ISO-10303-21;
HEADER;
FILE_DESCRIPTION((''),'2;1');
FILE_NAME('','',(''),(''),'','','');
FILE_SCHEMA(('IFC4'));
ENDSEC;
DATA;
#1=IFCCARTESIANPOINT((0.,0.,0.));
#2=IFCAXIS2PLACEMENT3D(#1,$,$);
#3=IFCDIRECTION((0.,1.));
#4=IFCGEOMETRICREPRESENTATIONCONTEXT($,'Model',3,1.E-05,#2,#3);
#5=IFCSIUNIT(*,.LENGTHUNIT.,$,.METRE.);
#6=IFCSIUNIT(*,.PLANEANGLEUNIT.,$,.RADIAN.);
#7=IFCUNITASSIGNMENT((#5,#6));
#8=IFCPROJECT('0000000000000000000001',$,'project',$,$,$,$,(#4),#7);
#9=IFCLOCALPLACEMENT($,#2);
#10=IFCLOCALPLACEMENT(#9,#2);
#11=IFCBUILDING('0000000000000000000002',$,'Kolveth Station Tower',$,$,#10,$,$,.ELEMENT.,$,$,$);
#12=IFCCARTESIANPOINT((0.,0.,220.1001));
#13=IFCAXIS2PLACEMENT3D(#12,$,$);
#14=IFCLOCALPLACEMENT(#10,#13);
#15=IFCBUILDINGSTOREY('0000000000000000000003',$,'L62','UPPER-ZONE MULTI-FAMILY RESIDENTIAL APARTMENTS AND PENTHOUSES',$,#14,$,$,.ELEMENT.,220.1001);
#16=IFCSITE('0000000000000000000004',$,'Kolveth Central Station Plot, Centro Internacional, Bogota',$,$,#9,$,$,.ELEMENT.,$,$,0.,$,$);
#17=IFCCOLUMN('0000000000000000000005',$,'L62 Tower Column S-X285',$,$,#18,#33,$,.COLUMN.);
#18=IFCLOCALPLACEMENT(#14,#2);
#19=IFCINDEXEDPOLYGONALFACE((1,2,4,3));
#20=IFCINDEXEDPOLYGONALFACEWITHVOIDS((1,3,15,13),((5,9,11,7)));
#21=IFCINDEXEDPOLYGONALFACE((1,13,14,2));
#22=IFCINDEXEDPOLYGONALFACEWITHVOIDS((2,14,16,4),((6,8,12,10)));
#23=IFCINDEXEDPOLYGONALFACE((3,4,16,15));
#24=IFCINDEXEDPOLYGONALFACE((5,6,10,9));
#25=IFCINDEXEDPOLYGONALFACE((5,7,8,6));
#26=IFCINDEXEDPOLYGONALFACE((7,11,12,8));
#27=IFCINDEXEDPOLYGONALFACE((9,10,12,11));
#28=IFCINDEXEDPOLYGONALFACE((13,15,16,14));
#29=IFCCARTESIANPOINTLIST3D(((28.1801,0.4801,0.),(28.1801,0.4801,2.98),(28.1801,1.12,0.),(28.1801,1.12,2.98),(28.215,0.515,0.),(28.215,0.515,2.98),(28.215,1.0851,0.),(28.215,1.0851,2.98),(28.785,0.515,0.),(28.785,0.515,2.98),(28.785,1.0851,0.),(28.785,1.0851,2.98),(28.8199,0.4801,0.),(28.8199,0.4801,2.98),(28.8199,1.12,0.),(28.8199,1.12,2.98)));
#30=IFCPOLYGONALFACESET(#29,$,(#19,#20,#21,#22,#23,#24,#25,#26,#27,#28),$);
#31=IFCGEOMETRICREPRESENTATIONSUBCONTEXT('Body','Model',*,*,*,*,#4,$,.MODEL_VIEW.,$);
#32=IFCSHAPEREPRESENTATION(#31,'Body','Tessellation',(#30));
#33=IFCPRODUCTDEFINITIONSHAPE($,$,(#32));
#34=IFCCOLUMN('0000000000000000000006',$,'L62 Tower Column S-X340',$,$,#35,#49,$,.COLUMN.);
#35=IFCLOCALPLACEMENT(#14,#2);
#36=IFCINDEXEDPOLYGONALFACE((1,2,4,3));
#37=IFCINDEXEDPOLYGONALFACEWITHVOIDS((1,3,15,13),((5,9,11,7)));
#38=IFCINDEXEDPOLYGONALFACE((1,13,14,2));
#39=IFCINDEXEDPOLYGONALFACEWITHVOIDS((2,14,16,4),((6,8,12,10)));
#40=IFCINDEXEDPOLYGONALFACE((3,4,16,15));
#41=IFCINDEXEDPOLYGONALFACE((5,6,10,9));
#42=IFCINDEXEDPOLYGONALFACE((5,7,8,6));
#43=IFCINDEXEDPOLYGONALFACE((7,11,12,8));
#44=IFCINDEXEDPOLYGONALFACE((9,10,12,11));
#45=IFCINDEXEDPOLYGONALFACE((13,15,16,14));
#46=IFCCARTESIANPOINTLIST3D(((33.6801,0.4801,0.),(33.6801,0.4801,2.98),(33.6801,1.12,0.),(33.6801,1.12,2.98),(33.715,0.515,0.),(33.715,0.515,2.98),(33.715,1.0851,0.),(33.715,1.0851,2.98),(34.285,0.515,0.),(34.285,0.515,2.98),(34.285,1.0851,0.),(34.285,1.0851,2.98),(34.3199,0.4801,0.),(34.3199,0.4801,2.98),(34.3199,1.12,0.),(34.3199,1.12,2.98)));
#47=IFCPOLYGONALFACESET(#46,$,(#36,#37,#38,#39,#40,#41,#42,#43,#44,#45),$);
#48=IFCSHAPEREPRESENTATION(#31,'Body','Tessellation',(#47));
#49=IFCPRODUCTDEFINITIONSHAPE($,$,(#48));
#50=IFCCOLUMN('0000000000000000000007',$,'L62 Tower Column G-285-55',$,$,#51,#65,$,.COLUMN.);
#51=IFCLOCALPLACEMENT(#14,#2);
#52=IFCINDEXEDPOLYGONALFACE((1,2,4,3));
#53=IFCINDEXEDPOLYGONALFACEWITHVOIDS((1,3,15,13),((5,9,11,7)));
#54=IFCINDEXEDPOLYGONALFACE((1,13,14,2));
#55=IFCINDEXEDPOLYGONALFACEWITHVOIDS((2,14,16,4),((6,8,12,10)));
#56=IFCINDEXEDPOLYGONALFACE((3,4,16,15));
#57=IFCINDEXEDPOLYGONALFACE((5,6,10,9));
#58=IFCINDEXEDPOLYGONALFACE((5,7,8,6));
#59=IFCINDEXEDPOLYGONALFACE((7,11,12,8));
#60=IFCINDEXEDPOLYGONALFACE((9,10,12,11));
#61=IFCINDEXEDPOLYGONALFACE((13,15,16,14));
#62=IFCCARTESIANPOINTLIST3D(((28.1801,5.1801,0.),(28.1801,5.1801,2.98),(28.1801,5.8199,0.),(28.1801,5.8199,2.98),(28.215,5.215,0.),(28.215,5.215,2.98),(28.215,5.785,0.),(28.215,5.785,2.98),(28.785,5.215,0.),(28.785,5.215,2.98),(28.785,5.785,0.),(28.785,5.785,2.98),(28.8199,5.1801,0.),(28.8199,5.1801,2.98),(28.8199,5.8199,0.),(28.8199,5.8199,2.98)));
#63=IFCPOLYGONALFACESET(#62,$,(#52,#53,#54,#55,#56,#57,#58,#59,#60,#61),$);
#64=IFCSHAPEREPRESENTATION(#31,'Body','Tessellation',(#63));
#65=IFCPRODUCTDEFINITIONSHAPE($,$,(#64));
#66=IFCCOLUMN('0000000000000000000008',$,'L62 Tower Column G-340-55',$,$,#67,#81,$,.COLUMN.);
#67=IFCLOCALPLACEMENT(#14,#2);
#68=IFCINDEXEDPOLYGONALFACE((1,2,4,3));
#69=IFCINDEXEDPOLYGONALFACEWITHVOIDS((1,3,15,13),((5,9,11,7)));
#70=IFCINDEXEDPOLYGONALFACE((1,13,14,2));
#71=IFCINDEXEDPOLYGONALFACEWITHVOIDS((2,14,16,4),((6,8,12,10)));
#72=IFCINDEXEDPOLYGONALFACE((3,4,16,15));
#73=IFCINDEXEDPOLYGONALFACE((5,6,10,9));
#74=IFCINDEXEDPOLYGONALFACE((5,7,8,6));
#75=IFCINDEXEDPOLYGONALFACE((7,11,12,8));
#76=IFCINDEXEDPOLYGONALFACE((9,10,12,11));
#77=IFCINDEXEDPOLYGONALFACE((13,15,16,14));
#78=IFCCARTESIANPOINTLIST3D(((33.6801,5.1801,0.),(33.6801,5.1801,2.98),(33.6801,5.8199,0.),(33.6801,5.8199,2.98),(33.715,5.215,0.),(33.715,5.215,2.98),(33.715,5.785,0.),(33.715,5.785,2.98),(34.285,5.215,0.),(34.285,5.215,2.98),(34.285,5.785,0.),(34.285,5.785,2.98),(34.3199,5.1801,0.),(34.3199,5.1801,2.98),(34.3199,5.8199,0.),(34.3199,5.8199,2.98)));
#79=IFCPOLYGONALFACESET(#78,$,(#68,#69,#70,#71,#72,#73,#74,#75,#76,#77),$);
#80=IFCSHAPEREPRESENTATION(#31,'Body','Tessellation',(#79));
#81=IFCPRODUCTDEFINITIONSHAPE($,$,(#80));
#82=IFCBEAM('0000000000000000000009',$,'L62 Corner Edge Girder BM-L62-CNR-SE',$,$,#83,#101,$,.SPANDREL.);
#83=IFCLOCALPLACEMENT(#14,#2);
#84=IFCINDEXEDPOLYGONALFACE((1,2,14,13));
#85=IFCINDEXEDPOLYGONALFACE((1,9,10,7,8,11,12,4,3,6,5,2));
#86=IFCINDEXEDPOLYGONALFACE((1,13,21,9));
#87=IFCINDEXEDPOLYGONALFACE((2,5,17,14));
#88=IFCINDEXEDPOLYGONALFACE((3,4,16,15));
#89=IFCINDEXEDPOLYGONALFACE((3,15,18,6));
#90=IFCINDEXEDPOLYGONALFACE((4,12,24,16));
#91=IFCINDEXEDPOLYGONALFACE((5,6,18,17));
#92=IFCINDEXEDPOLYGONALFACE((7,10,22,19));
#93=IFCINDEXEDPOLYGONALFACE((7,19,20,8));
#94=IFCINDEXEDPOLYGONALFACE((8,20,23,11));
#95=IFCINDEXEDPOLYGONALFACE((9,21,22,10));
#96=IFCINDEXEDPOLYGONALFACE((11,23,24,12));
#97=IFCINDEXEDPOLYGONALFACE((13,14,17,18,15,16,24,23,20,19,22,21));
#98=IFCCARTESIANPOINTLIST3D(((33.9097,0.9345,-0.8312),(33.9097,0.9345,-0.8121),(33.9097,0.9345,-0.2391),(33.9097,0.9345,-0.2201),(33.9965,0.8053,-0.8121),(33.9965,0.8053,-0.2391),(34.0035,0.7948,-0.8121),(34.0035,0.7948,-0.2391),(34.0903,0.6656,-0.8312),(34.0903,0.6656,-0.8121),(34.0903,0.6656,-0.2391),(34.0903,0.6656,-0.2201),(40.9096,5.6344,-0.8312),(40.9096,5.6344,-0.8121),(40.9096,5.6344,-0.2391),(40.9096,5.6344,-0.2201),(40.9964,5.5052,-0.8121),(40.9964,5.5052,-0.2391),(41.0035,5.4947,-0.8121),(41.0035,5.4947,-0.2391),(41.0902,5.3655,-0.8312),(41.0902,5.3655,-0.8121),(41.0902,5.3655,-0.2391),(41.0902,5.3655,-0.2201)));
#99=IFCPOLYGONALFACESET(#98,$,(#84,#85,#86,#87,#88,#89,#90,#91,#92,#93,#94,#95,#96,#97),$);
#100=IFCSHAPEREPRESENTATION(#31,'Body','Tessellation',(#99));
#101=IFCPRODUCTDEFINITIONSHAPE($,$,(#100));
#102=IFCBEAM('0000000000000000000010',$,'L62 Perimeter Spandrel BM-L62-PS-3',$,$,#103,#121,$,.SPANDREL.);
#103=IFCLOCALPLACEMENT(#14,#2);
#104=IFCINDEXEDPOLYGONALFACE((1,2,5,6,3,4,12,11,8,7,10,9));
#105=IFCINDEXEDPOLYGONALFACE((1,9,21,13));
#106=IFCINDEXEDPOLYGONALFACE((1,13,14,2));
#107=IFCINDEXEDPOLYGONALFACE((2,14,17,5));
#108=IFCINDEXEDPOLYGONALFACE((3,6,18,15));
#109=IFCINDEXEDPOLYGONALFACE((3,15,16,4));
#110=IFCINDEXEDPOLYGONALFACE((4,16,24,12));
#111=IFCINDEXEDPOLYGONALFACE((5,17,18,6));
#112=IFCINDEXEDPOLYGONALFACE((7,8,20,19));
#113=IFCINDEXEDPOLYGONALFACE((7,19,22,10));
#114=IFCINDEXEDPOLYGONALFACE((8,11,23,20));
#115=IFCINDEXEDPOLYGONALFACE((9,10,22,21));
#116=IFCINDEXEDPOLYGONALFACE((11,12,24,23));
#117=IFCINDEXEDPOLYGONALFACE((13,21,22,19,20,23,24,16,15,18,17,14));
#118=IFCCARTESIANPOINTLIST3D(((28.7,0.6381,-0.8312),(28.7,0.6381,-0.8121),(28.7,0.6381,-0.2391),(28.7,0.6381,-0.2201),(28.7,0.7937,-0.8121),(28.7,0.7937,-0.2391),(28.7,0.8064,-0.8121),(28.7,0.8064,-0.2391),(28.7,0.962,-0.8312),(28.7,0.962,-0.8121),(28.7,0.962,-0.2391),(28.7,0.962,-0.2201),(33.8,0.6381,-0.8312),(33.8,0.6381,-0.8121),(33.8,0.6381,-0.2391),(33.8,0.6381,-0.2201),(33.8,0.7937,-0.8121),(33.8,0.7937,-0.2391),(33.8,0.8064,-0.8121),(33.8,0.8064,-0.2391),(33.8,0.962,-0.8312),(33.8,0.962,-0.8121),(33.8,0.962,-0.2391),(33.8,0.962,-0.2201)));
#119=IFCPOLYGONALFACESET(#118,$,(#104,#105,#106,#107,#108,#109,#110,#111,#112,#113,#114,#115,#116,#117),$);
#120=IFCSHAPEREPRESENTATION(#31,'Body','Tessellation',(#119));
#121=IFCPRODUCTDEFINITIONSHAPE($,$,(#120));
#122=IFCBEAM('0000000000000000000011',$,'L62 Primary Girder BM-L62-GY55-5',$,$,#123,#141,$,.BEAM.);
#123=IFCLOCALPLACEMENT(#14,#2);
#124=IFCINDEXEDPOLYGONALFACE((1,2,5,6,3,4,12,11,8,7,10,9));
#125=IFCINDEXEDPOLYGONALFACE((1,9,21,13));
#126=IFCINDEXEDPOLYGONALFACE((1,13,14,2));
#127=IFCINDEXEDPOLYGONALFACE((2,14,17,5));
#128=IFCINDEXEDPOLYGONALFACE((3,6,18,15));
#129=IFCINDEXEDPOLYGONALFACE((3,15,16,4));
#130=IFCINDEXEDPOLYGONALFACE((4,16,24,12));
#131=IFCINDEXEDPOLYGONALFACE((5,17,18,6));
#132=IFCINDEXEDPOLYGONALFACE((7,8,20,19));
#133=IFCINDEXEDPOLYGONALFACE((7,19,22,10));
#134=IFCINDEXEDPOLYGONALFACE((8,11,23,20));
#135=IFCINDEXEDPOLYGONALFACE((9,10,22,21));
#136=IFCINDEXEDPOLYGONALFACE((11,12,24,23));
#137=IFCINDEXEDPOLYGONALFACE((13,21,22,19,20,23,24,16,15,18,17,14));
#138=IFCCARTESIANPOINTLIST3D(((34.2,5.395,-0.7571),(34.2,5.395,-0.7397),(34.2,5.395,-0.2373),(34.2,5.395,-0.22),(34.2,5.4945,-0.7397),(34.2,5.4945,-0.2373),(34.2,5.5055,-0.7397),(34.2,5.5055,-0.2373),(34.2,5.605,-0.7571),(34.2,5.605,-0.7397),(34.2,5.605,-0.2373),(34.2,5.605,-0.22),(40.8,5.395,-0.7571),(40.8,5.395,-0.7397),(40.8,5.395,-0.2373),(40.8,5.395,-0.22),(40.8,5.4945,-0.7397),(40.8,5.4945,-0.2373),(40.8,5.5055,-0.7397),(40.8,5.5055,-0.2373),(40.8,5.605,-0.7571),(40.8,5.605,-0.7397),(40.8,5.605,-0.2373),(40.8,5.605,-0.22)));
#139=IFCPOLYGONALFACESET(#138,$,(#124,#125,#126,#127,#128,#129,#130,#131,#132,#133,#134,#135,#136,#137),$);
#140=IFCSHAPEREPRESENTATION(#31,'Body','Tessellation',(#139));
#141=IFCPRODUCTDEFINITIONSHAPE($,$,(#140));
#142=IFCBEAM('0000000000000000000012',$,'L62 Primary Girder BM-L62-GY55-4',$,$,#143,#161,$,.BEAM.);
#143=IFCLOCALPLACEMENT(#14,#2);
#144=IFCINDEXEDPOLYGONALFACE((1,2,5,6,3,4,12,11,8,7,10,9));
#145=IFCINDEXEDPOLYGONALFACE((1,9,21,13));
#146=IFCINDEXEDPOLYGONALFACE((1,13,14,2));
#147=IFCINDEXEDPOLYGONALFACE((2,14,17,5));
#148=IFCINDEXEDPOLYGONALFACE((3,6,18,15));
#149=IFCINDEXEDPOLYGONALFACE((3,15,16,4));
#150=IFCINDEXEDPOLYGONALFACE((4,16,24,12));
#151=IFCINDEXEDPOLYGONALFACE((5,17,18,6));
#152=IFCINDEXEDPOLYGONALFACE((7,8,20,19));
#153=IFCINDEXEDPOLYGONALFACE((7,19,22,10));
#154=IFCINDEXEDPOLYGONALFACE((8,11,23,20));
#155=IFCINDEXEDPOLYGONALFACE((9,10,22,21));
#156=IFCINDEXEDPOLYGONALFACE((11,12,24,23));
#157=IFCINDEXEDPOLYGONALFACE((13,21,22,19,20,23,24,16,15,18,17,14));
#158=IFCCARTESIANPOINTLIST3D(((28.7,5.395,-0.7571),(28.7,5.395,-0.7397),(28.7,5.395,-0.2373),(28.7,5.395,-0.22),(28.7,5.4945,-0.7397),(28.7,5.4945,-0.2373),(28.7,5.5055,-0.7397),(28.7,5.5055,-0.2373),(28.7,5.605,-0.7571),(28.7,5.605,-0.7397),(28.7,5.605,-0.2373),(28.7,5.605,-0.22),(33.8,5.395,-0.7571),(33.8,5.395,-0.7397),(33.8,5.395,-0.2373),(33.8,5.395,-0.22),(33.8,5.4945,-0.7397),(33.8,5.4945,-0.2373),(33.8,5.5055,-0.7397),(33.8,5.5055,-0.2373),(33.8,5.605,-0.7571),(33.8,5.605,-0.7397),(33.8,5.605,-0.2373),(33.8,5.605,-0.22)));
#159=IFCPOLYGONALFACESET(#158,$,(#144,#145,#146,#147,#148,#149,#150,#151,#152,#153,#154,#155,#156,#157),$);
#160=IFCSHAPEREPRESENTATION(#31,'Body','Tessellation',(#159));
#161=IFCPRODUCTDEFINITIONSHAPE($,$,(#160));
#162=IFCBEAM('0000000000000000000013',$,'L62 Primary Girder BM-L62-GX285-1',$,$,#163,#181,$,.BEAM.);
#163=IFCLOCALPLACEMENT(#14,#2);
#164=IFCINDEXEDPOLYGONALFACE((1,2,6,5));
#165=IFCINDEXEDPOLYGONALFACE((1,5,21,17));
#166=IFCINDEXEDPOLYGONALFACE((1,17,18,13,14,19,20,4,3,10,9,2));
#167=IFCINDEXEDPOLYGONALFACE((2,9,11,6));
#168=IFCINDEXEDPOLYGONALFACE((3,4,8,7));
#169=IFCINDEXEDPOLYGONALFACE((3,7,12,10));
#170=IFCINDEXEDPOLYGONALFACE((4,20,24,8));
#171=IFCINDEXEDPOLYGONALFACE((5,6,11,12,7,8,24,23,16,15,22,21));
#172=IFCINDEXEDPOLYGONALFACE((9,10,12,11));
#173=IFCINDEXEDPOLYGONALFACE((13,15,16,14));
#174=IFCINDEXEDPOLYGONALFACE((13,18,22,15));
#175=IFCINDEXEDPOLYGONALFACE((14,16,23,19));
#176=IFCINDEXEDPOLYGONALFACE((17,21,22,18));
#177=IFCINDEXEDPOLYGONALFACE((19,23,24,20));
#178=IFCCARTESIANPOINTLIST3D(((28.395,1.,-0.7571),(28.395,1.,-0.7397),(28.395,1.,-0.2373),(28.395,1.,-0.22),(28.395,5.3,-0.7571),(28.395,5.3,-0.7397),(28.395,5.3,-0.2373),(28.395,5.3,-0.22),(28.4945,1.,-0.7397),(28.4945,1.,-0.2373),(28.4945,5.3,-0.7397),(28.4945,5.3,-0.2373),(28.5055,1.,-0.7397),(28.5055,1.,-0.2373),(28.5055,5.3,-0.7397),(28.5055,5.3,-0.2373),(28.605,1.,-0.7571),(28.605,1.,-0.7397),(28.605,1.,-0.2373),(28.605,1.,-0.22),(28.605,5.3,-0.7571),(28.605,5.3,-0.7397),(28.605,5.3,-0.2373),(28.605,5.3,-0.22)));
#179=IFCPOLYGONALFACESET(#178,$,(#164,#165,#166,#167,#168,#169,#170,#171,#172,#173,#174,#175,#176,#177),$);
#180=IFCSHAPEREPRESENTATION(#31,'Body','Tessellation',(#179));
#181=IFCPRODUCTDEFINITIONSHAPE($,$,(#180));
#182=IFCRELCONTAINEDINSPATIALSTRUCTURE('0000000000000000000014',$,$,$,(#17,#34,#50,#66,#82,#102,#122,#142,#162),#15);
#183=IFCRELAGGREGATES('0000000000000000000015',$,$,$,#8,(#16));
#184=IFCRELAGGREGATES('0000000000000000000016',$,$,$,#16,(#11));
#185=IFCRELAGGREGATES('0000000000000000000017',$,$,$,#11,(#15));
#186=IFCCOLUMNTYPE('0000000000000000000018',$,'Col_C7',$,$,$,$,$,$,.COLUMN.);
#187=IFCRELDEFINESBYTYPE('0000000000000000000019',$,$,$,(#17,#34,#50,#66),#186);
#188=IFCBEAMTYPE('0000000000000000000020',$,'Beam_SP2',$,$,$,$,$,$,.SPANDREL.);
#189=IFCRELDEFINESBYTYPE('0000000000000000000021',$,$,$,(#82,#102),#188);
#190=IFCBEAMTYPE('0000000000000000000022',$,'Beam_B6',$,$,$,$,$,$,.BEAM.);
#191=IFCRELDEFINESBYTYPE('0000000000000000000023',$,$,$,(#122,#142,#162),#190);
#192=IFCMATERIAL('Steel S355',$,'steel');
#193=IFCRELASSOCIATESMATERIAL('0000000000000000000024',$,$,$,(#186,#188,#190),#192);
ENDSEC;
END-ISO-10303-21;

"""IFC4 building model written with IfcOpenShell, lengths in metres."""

from ifc_helpers import new_model, si_unit, direction, frame, origin, origin_2d, place, context, subcontext, project, spatial, hollow_rectangle, i_section, extrude, source, transform, mapped, material, material_profile, profile_set, type_object, element, save


model = new_model("IFC4")

# Units and contexts
model_context = context("Model", 3, precision=1e-05, world=origin(), true_north=direction((0.0, 1.0)))
body_context = subcontext(model_context, "Body", "Model", "MODEL_VIEW")
ifc_project = project(units=[si_unit("LENGTHUNIT", "METRE"), si_unit("PLANEANGLEUNIT", "RADIAN")], contexts=[model_context])

# Site, building, storey
site_placement = place(None, origin())
site = spatial("IfcSite", under=ifc_project, at=site_placement, Name="Kolveth Central Station Plot, Centro Internacional, Bogota", CompositionType="ELEMENT", RefElevation=0.0)
building_placement = place(site_placement, origin())
building = spatial("IfcBuilding", under=site, at=building_placement, Name="Kolveth Station Tower", CompositionType="ELEMENT")
storey_placement = place(building_placement, frame((0.0, 0.0, 220.1001)))
storey = spatial("IfcBuildingStorey", under=building, at=storey_placement, Name="L62", Description="UPPER-ZONE MULTI-FAMILY RESIDENTIAL APARTMENTS AND PENTHOUSES", CompositionType="ELEMENT", Elevation=220.1001)

# Columns
ifc_material_1 = material(Name="Steel S355", Category="steel")
ifc_material_profile_1 = material_profile(ifc_material_1, hollow_rectangle(XDim=0.6399, YDim=0.6399, WallThickness=0.0349, at=origin_2d()), Name="BOX640x640x35")
ifc_profile_set_1 = profile_set([ifc_material_profile_1], Name="Steel S355")
column_type = type_object("IfcColumnType", Name="Col_C7", PredefinedType="COLUMN", material=ifc_profile_set_1)
shared_shape_1 = source(origin(), body_context, "Body", "SweptSolid", [
    extrude(hollow_rectangle(XDim=0.6399, YDim=0.6399, WallThickness=0.0349, at=origin_2d()), origin(), (0.0, 0.0, 1.0), 2.98),
])
for number, where, z_axis, x_axis, name in (
    (1, (28.5, 0.8, 0.0), (0.0, 0.0, 1.0), (1.0, 0.0, 0.0), "L62 Tower Column S-X285"),
    (2, (34.0, 0.8, 0.0), (0.0, 0.0, 1.0), (1.0, 0.0, 0.0), "L62 Tower Column S-X340"),
    (3, (28.5, 5.5, 0.0), (0.0, 0.0, 1.0), (1.0, 0.0, 0.0), "L62 Tower Column G-285-55"),
    (4, (34.0, 5.5, 0.0), (0.0, 0.0, 1.0), (1.0, 0.0, 0.0), "L62 Tower Column G-340-55"),
):
    element("IfcColumn", number, at=place(storey_placement, frame(where, z_axis=z_axis, x_axis=x_axis)), inside=storey, type_object=column_type, Name=name, PredefinedType="COLUMN", context=body_context, shape_type="MappedRepresentation", body=[
        mapped(shared_shape_1, transform((0.0, 0.0, 0.0), x_axis=(1.0, 0.0, 0.0), y_axis=(0.0, 1.0, 0.0), z_axis=(0.0, 0.0, 1.0), scale=1.0)),
    ])

# Beams
ifc_material_profile_2 = material_profile(ifc_material_1, i_section(OverallWidth=0.324, OverallDepth=0.6111, WebThickness=0.0127, FlangeThickness=0.019, at=origin_2d()), Name="W610x155")
ifc_profile_set_2 = profile_set([ifc_material_profile_2], Name="Steel S355")
beam_type_1 = type_object("IfcBeamType", Name="Beam_SP2", PredefinedType="SPANDREL", material=ifc_profile_set_2)
shared_shape_2 = source(origin(), body_context, "Body", "SweptSolid", [
    extrude(i_section(OverallWidth=0.324, OverallDepth=0.6111, WebThickness=0.0127, FlangeThickness=0.019, at=origin_2d()), origin(), (0.0, 0.0, 1.0), 8.4314),
])
beam_1_placement = place(storey_placement, frame((34.0, 0.8, -0.5256), z_axis=(0.830224, 0.55743, 0.0), x_axis=(-0.55743, 0.830224, 0.0)))
element("IfcBeam", 5, at=beam_1_placement, inside=storey, type_object=beam_type_1, Name="L62 Corner Edge Girder BM-L62-CNR-SE", PredefinedType="SPANDREL", context=body_context, shape_type="MappedRepresentation", body=[
    mapped(shared_shape_2, transform((0.0, 0.0, 0.0), x_axis=(1.0, 0.0, 0.0), y_axis=(0.0, 1.0, 0.0), z_axis=(0.0, 0.0, 1.0), scale=1.0)),
])
shared_shape_3 = source(origin(), body_context, "Body", "SweptSolid", [
    extrude(i_section(OverallWidth=0.324, OverallDepth=0.6111, WebThickness=0.0127, FlangeThickness=0.019, at=origin_2d()), origin(), (0.0, 0.0, 1.0), 5.1001),
])
beam_2_placement = place(storey_placement, frame((28.7, 0.8, -0.5256), z_axis=(1.0, 0.0, 0.0), x_axis=(0.0, 1.0, 0.0)))
element("IfcBeam", 6, at=beam_2_placement, inside=storey, type_object=beam_type_1, Name="L62 Perimeter Spandrel BM-L62-PS-3", PredefinedType="SPANDREL", context=body_context, shape_type="MappedRepresentation", body=[
    mapped(shared_shape_3, transform((0.0, 0.0, 0.0), x_axis=(1.0, 0.0, 0.0), y_axis=(0.0, 1.0, 0.0), z_axis=(0.0, 0.0, 1.0), scale=1.0)),
])
ifc_material_profile_3 = material_profile(ifc_material_1, i_section(OverallWidth=0.21, OverallDepth=0.5371, WebThickness=0.011, FlangeThickness=0.0173, at=origin_2d()), Name="W530x101")
ifc_profile_set_3 = profile_set([ifc_material_profile_3], Name="Steel S355")
beam_type_2 = type_object("IfcBeamType", Name="Beam_B6", PredefinedType="BEAM", material=ifc_profile_set_3)
shared_shape_4 = source(origin(), body_context, "Body", "SweptSolid", [
    extrude(i_section(OverallWidth=0.21, OverallDepth=0.5371, WebThickness=0.011, FlangeThickness=0.0173, at=origin_2d()), origin(), (0.0, 0.0, 1.0), 6.6001),
])
beam_3_placement = place(storey_placement, frame((34.2, 5.5, -0.4885), z_axis=(1.0, 0.0, 0.0), x_axis=(0.0, 1.0, 0.0)))
element("IfcBeam", 7, at=beam_3_placement, inside=storey, type_object=beam_type_2, Name="L62 Primary Girder BM-L62-GY55-5", PredefinedType="BEAM", context=body_context, shape_type="MappedRepresentation", body=[
    mapped(shared_shape_4, transform((0.0, 0.0, 0.0), x_axis=(1.0, 0.0, 0.0), y_axis=(0.0, 1.0, 0.0), z_axis=(0.0, 0.0, 1.0), scale=1.0)),
])
shared_shape_5 = source(origin(), body_context, "Body", "SweptSolid", [
    extrude(i_section(OverallWidth=0.21, OverallDepth=0.5371, WebThickness=0.011, FlangeThickness=0.0173, at=origin_2d()), origin(), (0.0, 0.0, 1.0), 5.1001),
])
beam_4_placement = place(storey_placement, frame((28.7, 5.5, -0.4885), z_axis=(1.0, 0.0, 0.0), x_axis=(0.0, 1.0, 0.0)))
element("IfcBeam", 8, at=beam_4_placement, inside=storey, type_object=beam_type_2, Name="L62 Primary Girder BM-L62-GY55-4", PredefinedType="BEAM", context=body_context, shape_type="MappedRepresentation", body=[
    mapped(shared_shape_5, transform((0.0, 0.0, 0.0), x_axis=(1.0, 0.0, 0.0), y_axis=(0.0, 1.0, 0.0), z_axis=(0.0, 0.0, 1.0), scale=1.0)),
])
shared_shape_6 = source(origin(), body_context, "Body", "SweptSolid", [
    extrude(i_section(OverallWidth=0.21, OverallDepth=0.5371, WebThickness=0.011, FlangeThickness=0.0173, at=origin_2d()), origin(), (0.0, 0.0, 1.0), 4.3),
])
for number, where, z_axis, x_axis, name in (
    (9, (28.5, 1.0, -0.4885), (0.0, 1.0, 0.0), (-1.0, 0.0, 0.0), "L62 Primary Girder BM-L62-GX285-1"),
):
    element("IfcBeam", number, at=place(storey_placement, frame(where, z_axis=z_axis, x_axis=x_axis)), inside=storey, type_object=beam_type_2, Name=name, PredefinedType="BEAM", context=body_context, shape_type="MappedRepresentation", body=[
        mapped(shared_shape_6, transform((0.0, 0.0, 0.0), x_axis=(1.0, 0.0, 0.0), y_axis=(0.0, 1.0, 0.0), z_axis=(0.0, 0.0, 1.0), scale=1.0)),
    ])

save(model, "model.ifc")
